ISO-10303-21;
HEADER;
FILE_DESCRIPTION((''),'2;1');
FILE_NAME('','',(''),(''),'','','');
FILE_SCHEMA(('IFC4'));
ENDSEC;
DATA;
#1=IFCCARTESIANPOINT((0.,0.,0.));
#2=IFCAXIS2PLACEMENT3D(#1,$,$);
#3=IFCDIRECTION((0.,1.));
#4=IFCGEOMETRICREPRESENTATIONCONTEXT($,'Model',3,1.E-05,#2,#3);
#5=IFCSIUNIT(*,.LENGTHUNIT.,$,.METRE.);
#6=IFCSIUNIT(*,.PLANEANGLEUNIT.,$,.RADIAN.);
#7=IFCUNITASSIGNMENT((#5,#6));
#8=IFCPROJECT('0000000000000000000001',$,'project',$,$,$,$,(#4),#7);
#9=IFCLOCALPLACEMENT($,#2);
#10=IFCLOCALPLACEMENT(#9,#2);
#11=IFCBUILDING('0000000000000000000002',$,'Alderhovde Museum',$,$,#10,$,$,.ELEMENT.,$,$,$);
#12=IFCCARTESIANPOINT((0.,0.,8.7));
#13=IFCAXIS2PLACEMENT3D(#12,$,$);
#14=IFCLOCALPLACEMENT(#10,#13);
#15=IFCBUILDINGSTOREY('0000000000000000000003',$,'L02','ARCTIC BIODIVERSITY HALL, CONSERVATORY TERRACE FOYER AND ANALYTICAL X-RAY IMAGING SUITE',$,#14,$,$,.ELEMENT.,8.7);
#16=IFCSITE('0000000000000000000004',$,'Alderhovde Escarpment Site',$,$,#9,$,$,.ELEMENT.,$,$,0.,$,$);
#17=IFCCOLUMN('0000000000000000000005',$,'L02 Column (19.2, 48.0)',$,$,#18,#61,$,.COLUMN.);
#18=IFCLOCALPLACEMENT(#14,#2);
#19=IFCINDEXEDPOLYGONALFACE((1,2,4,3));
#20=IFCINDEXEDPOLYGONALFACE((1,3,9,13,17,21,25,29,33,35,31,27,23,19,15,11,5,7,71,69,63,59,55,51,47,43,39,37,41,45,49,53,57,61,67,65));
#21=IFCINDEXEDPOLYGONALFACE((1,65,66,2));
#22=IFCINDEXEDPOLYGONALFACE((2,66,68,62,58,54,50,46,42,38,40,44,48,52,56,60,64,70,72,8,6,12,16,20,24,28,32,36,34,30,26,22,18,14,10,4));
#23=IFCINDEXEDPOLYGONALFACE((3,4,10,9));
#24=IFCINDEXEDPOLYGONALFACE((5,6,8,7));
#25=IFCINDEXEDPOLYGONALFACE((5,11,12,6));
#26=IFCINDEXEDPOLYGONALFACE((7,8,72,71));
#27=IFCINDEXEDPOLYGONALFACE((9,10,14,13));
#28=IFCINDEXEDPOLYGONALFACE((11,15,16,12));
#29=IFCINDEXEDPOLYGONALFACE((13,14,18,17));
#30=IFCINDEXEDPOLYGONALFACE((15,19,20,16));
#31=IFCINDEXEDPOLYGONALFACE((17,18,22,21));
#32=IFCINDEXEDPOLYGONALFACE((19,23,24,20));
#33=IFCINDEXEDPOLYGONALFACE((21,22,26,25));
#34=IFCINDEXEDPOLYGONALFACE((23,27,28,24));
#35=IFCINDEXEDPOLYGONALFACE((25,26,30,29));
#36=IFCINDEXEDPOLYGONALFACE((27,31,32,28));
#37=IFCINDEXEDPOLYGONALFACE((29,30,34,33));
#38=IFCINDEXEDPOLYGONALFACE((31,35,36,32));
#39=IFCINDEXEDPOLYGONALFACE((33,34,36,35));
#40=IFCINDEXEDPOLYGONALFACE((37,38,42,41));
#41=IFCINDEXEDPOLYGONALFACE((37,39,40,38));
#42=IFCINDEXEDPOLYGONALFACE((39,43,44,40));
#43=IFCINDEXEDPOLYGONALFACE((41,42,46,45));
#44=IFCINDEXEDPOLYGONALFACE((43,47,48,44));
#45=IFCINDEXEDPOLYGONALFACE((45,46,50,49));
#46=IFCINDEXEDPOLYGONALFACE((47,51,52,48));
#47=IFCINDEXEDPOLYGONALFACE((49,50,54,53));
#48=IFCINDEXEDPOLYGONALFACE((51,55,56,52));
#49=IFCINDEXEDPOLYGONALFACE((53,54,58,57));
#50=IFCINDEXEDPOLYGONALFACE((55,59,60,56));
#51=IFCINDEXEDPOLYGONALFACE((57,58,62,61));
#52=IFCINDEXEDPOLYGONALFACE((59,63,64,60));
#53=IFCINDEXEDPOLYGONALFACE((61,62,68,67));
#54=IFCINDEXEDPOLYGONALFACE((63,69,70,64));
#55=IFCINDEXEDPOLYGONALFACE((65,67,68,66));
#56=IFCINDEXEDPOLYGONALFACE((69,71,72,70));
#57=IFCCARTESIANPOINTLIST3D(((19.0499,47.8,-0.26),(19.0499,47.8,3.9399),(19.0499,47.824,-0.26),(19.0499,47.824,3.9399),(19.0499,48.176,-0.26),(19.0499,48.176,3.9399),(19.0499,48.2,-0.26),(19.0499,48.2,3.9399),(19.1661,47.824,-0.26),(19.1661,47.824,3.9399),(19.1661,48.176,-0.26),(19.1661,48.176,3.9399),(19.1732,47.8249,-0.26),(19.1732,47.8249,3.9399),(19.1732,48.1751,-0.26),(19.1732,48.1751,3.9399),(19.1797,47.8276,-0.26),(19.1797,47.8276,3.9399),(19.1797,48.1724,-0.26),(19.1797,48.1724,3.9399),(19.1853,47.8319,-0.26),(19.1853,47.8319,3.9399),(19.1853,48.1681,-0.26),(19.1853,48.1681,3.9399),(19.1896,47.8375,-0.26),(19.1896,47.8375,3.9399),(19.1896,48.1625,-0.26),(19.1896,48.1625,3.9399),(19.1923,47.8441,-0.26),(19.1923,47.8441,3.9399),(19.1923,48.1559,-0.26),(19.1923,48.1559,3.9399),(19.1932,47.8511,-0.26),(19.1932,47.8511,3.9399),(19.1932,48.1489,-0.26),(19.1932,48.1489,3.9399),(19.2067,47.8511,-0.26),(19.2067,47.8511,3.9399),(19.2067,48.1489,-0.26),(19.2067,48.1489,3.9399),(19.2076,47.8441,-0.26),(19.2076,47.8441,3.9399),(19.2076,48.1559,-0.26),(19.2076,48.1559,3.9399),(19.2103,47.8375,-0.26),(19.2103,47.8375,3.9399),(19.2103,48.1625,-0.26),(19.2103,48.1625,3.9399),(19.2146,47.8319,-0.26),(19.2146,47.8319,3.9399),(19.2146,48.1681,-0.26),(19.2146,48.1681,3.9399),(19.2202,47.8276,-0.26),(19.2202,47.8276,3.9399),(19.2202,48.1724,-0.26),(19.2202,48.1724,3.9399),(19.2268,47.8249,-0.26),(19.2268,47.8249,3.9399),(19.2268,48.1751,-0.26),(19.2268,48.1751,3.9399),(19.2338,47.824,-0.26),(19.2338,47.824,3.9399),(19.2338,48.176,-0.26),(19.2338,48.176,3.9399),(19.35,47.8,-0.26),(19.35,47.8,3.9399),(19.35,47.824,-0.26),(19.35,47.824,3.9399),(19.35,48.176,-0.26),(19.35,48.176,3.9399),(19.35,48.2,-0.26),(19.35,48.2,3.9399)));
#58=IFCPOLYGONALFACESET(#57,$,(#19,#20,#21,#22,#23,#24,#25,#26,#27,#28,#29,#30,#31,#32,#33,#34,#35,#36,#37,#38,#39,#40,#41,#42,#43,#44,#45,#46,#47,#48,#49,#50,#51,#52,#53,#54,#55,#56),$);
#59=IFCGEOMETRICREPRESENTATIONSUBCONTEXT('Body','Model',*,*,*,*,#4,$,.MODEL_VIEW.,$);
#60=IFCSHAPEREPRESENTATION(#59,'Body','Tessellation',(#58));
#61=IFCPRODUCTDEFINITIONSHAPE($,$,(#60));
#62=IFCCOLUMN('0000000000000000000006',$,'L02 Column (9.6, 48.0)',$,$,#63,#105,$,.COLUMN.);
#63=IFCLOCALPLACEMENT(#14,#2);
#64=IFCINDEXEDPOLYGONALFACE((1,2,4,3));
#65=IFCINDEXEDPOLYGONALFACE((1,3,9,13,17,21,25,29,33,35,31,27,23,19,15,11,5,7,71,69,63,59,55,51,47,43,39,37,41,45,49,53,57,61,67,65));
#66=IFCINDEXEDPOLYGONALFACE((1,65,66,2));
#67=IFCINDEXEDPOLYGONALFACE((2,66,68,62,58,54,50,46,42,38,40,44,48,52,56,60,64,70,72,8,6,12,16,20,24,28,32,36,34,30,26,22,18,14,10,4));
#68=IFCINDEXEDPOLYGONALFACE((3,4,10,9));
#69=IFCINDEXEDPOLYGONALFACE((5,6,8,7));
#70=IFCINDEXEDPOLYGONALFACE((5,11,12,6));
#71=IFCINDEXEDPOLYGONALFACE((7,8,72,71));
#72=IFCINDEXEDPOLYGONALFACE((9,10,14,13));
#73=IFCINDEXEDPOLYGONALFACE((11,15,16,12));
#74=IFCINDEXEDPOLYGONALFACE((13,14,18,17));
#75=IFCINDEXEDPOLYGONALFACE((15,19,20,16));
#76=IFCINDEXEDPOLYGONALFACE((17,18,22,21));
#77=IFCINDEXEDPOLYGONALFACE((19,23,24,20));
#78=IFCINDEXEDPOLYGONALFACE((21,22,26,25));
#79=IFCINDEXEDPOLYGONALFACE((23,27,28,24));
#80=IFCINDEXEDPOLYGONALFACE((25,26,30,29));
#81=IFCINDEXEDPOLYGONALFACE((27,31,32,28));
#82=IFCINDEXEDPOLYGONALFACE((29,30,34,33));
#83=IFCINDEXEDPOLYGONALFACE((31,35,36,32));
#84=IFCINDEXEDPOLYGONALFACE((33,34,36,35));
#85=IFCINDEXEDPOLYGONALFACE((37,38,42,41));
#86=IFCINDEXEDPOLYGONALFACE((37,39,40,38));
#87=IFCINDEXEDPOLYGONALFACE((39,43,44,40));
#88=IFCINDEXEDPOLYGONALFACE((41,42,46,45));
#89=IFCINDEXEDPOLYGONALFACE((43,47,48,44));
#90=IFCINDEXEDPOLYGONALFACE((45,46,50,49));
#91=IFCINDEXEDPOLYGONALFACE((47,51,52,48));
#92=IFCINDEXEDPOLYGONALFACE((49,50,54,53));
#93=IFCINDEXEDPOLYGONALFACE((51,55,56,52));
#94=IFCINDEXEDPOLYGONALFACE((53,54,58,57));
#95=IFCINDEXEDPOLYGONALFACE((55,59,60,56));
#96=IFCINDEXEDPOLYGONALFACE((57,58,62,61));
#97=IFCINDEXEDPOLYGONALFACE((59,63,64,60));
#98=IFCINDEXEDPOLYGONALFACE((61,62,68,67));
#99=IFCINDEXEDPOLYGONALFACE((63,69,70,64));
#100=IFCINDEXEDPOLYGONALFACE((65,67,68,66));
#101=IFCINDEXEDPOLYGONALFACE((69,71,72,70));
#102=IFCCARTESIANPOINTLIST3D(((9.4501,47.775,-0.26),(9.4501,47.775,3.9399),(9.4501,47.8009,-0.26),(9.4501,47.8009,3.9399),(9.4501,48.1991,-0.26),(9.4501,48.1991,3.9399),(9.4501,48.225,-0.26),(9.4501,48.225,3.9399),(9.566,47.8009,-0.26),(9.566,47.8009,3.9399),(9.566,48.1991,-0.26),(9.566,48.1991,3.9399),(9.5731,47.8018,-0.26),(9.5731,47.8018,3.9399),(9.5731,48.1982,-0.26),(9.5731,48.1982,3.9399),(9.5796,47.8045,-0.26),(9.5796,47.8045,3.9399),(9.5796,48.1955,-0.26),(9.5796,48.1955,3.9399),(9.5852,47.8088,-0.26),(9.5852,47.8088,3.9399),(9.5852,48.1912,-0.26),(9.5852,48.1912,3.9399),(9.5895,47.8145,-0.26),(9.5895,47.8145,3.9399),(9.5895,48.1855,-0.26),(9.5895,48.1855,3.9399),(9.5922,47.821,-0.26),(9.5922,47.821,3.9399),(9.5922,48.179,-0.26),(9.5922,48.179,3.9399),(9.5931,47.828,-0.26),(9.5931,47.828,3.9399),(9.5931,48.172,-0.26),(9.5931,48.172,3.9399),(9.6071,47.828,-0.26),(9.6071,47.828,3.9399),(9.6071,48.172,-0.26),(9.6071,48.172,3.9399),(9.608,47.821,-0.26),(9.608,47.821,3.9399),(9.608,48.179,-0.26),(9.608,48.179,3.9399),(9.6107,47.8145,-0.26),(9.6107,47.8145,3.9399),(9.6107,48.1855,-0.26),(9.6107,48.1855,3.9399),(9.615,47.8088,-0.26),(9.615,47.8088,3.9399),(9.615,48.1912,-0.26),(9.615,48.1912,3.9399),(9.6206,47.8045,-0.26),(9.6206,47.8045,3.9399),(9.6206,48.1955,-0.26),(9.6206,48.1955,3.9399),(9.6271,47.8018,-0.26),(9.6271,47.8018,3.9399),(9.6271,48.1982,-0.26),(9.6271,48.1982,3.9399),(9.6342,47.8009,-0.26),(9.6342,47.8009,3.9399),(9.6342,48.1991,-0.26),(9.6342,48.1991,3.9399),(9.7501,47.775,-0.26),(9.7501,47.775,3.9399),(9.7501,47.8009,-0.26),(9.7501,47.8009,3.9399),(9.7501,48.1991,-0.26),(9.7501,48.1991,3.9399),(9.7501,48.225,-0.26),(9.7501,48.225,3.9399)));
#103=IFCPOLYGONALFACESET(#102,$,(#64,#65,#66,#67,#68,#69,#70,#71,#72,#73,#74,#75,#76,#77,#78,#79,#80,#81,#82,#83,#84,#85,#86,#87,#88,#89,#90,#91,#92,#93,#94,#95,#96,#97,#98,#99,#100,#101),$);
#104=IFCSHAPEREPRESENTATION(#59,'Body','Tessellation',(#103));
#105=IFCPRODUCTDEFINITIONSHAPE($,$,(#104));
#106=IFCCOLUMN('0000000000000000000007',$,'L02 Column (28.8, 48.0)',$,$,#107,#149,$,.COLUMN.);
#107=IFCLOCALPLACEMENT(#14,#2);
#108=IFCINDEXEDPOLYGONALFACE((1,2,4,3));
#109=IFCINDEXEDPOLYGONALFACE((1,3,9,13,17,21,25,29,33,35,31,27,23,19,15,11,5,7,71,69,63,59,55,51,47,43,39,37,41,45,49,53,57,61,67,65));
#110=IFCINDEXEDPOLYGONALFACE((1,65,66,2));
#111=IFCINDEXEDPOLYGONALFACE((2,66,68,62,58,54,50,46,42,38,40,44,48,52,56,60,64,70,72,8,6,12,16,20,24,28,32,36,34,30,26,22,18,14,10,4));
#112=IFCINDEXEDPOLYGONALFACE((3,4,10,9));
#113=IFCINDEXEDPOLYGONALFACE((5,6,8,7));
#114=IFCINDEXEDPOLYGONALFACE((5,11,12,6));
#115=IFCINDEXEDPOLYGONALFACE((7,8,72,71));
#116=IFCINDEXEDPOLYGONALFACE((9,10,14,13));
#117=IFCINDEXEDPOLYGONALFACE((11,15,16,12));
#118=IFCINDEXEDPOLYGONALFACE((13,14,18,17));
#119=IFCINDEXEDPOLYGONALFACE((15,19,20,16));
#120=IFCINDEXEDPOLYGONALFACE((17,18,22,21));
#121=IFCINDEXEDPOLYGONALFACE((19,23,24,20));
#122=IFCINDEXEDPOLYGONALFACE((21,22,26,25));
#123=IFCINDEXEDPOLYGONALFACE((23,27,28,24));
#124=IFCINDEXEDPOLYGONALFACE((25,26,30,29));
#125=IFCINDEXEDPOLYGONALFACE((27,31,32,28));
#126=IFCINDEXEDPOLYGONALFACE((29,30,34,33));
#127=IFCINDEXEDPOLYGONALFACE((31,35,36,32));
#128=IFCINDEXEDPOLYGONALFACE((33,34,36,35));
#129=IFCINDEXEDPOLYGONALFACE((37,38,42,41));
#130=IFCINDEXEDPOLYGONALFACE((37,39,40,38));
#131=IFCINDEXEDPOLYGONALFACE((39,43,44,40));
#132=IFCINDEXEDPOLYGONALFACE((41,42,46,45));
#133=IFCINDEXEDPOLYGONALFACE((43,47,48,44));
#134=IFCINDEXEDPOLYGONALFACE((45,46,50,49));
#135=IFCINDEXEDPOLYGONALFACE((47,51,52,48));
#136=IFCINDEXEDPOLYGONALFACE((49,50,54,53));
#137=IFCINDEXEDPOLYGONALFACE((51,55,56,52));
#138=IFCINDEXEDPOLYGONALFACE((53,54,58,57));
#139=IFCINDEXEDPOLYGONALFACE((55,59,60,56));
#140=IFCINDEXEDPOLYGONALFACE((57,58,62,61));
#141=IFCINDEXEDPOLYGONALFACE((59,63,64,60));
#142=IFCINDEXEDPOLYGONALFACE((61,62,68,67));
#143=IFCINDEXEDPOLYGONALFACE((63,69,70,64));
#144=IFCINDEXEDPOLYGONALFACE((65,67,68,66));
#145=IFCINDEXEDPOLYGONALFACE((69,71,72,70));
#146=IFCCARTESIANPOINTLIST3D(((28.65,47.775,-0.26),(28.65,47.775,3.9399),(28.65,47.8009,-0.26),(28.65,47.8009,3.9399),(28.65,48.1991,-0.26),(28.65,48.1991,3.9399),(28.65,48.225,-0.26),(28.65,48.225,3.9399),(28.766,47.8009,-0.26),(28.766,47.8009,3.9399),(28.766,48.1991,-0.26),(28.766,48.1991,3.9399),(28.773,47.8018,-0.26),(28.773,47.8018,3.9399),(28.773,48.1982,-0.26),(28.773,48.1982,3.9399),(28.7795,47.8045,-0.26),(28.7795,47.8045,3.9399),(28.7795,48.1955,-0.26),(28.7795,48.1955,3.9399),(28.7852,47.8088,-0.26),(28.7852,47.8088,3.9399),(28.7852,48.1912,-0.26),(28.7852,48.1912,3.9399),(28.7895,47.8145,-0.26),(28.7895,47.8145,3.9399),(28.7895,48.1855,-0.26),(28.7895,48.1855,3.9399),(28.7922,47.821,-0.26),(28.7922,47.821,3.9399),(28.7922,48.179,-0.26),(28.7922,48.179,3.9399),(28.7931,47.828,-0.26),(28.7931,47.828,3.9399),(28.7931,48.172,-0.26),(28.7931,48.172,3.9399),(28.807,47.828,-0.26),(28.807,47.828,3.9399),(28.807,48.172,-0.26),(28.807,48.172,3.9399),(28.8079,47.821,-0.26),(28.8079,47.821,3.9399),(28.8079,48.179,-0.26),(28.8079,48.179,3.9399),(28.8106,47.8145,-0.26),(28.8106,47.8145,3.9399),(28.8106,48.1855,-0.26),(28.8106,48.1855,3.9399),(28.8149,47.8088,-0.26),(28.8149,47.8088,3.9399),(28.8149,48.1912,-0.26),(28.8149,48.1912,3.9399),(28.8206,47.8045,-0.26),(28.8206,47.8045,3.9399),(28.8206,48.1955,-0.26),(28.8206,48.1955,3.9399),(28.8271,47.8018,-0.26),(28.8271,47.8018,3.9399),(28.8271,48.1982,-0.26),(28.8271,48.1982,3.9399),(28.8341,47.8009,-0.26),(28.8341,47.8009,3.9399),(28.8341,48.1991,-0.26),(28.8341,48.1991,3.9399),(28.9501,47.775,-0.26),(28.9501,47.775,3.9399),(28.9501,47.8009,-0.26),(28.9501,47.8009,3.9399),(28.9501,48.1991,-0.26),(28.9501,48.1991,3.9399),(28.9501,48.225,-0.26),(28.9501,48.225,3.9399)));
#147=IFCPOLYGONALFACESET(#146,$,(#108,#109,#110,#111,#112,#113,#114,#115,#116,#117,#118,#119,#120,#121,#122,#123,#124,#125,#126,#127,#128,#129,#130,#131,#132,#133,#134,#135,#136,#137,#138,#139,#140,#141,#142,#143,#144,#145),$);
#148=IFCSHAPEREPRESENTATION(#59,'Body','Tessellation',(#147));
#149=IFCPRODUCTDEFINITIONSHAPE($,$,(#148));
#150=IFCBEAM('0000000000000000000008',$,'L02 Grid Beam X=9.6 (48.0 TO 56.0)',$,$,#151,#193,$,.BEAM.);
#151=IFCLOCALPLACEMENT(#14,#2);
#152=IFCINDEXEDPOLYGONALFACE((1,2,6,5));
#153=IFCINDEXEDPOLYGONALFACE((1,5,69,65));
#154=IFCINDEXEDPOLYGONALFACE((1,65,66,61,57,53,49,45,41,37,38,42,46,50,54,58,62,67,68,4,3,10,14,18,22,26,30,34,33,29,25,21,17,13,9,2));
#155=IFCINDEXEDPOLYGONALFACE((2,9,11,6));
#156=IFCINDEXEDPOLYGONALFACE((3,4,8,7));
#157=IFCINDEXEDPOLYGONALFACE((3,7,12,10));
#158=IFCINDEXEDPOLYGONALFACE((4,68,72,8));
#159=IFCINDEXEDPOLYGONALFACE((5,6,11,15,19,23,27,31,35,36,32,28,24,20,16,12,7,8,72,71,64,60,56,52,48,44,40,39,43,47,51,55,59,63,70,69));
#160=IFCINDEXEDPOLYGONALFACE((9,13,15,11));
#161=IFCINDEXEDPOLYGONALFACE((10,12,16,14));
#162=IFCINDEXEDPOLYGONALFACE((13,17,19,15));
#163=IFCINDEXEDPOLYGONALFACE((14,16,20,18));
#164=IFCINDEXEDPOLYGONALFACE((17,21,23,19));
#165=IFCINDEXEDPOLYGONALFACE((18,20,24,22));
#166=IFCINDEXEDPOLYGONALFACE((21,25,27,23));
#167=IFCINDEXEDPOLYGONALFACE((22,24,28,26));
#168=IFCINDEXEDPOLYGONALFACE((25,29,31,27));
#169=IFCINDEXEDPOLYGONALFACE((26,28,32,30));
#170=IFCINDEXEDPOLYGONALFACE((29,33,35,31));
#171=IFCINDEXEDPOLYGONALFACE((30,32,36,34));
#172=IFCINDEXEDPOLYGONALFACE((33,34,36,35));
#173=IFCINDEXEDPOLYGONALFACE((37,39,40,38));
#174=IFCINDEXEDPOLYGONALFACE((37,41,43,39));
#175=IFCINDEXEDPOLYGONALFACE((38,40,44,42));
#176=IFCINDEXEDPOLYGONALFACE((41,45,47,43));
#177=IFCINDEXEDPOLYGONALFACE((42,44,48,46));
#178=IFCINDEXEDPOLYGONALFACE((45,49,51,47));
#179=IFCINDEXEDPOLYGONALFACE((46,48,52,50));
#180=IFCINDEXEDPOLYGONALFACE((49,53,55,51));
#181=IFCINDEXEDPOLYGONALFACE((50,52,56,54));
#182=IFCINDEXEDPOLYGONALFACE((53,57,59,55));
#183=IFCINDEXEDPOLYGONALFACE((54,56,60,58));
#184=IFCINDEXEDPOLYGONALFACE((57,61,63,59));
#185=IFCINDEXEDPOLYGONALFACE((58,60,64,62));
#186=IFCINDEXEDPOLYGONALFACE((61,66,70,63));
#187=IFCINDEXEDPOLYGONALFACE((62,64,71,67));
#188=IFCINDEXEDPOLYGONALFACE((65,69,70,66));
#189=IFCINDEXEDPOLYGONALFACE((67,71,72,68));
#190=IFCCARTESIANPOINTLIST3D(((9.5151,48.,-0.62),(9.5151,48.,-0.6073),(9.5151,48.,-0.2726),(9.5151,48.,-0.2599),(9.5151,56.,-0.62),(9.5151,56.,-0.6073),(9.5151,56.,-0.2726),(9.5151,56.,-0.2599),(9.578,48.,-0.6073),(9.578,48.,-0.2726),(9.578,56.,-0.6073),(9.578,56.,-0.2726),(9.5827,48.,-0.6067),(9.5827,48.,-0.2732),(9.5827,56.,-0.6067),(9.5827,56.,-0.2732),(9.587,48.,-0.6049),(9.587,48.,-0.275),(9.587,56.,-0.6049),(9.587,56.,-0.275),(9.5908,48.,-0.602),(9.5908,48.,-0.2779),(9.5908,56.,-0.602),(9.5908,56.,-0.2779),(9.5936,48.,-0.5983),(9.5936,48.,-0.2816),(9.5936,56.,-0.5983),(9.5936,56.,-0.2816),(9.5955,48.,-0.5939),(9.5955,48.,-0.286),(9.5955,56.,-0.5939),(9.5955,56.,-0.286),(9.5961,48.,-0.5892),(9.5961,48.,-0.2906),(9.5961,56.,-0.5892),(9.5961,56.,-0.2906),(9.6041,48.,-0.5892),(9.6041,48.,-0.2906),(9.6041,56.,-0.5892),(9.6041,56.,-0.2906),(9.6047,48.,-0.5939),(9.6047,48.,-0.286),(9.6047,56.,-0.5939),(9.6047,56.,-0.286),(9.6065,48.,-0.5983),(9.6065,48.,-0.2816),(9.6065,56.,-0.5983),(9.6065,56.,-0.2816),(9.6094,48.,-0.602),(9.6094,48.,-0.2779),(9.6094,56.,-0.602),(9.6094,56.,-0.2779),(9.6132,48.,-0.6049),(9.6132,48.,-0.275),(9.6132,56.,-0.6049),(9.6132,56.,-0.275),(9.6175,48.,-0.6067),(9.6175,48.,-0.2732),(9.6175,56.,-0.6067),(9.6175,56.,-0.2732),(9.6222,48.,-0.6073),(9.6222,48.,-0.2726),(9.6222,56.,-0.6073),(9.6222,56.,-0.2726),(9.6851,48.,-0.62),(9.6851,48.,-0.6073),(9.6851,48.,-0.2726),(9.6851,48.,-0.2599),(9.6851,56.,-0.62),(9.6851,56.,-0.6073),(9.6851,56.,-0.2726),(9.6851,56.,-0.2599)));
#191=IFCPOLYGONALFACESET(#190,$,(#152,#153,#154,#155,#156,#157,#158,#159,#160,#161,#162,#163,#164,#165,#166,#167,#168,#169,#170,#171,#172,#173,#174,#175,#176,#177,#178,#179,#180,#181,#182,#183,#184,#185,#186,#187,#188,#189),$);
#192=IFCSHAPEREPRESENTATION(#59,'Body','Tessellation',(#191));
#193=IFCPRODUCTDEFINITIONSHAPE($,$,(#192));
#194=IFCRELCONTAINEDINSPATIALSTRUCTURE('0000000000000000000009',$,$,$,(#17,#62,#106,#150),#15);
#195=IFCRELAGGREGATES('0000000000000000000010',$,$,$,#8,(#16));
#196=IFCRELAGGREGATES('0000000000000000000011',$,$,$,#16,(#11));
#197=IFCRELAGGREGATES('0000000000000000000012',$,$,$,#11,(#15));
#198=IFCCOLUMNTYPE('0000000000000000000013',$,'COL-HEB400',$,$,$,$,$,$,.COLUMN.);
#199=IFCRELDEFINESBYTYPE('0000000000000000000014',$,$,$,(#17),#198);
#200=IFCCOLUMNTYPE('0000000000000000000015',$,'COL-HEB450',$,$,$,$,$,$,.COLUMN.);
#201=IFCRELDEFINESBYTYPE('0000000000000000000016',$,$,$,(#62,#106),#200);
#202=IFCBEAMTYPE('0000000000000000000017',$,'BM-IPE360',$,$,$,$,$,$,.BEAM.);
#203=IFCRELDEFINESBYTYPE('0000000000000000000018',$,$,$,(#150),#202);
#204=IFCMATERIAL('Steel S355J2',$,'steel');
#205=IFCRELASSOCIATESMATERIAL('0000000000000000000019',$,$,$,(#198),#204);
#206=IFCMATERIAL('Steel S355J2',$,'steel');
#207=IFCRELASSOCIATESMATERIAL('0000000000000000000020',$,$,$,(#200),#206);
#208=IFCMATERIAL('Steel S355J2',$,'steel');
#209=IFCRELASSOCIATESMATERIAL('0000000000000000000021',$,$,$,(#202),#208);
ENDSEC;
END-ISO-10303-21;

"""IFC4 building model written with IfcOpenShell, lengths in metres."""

from ifc_helpers import new_model, si_unit, direction, frame, origin, origin_2d, place, context, subcontext, project, spatial, i_section, extrude, material, material_profile, profile_set, type_object, element, save


model = new_model("IFC4")

# Units and contexts
model_context = context("Model", 3, precision=1e-05, world=origin(), true_north=direction((0.0, 1.0)))
body_context = subcontext(model_context, "Body", "Model", "MODEL_VIEW")
ifc_project = project(units=[si_unit("LENGTHUNIT", "METRE"), si_unit("PLANEANGLEUNIT", "RADIAN")], contexts=[model_context])

# Site, building, storey
site_placement = place(None, origin())
site = spatial("IfcSite", under=ifc_project, at=site_placement, Name="Alderhovde Escarpment Site", CompositionType="ELEMENT", RefElevation=0.0)
building_placement = place(site_placement, origin())
building = spatial("IfcBuilding", under=site, at=building_placement, Name="Alderhovde Museum", CompositionType="ELEMENT")
storey_placement = place(building_placement, frame((0.0, 0.0, 8.7)))
storey = spatial("IfcBuildingStorey", under=building, at=storey_placement, Name="L02", Description="ARCTIC BIODIVERSITY HALL, CONSERVATORY TERRACE FOYER AND ANALYTICAL X-RAY IMAGING SUITE", CompositionType="ELEMENT", Elevation=8.7)

# Columns
ifc_material_1 = material(Name="Steel S355J2", Category="steel")
ifc_material_profile_1 = material_profile(ifc_material_1, i_section(OverallWidth=0.3, OverallDepth=0.3999, WebThickness=0.0134, FlangeThickness=0.0239, FilletRadius=0.0271, at=origin_2d()), Name="HEB 400")
ifc_profile_set_1 = profile_set([ifc_material_profile_1], Name="Steel S355J2")
column_type_1 = type_object("IfcColumnType", Name="COL-HEB400", PredefinedType="COLUMN", material=ifc_profile_set_1)
column_placement = place(storey_placement, frame((19.2, 48.0, -0.26), z_axis=(0.0, 0.0, 1.0), x_axis=(1.0, 0.0, 0.0)))
element("IfcColumn", 1, at=column_placement, inside=storey, type_object=column_type_1, Name="L02 Column (19.2, 48.0)", PredefinedType="COLUMN", context=body_context, shape_type="SweptSolid", body=[
    extrude(i_section(OverallWidth=0.3, OverallDepth=0.3999, WebThickness=0.0134, FlangeThickness=0.0239, FilletRadius=0.0271, at=origin_2d()), origin(), (0.0, 0.0, 1.0), 4.2),
])
ifc_material_2 = material(Name="Steel S355J2", Category="steel")
ifc_material_profile_2 = material_profile(ifc_material_2, i_section(OverallWidth=0.3, OverallDepth=0.45, WebThickness=0.0139, FlangeThickness=0.0259, FilletRadius=0.0271, at=origin_2d()), Name="HEB 450")
ifc_profile_set_2 = profile_set([ifc_material_profile_2], Name="Steel S355J2")
column_type_2 = type_object("IfcColumnType", Name="COL-HEB450", PredefinedType="COLUMN", material=ifc_profile_set_2)
for number, where, z_axis, x_axis, name in (
    (2, (9.6001, 48.0, -0.26), (0.0, 0.0, 1.0), (1.0, 0.0, 0.0), "L02 Column (9.6, 48.0)"),
    (3, (28.8, 48.0, -0.26), (0.0, 0.0, 1.0), (1.0, 0.0, 0.0), "L02 Column (28.8, 48.0)"),
):
    element("IfcColumn", number, at=place(storey_placement, frame(where, z_axis=z_axis, x_axis=x_axis)), inside=storey, type_object=column_type_2, Name=name, PredefinedType="COLUMN", context=body_context, shape_type="SweptSolid", body=[
        extrude(i_section(OverallWidth=0.3, OverallDepth=0.45, WebThickness=0.0139, FlangeThickness=0.0259, FilletRadius=0.0271, at=origin_2d()), origin(), (0.0, 0.0, 1.0), 4.2),
    ])

# Beam
ifc_material_3 = material(Name="Steel S355J2", Category="steel")
ifc_material_profile_3 = material_profile(ifc_material_3, i_section(OverallWidth=0.1699, OverallDepth=0.3601, WebThickness=0.0081, FlangeThickness=0.0127, FilletRadius=0.0181, at=origin_2d()), Name="IPE 360")
ifc_profile_set_3 = profile_set([ifc_material_profile_3], Name="Steel S355J2")
beam_type_1 = type_object("IfcBeamType", Name="BM-IPE360", PredefinedType="BEAM", material=ifc_profile_set_3)
for number, where, z_axis, x_axis, name in (
    (4, (9.6001, 48.0, -0.4399), (0.0, 1.0, 0.0), (-1.0, 0.0, 0.0), "L02 Grid Beam X=9.6 (48.0 TO 56.0)"),
):
    element("IfcBeam", number, at=place(storey_placement, frame(where, z_axis=z_axis, x_axis=x_axis)), inside=storey, type_object=beam_type_1, Name=name, PredefinedType="BEAM", context=body_context, shape_type="SweptSolid", body=[
        extrude(i_section(OverallWidth=0.1699, OverallDepth=0.3601, WebThickness=0.0081, FlangeThickness=0.0127, FilletRadius=0.0181, at=origin_2d()), origin(), (0.0, 0.0, 1.0), 8.0),
    ])

save(model, "model.ifc")
